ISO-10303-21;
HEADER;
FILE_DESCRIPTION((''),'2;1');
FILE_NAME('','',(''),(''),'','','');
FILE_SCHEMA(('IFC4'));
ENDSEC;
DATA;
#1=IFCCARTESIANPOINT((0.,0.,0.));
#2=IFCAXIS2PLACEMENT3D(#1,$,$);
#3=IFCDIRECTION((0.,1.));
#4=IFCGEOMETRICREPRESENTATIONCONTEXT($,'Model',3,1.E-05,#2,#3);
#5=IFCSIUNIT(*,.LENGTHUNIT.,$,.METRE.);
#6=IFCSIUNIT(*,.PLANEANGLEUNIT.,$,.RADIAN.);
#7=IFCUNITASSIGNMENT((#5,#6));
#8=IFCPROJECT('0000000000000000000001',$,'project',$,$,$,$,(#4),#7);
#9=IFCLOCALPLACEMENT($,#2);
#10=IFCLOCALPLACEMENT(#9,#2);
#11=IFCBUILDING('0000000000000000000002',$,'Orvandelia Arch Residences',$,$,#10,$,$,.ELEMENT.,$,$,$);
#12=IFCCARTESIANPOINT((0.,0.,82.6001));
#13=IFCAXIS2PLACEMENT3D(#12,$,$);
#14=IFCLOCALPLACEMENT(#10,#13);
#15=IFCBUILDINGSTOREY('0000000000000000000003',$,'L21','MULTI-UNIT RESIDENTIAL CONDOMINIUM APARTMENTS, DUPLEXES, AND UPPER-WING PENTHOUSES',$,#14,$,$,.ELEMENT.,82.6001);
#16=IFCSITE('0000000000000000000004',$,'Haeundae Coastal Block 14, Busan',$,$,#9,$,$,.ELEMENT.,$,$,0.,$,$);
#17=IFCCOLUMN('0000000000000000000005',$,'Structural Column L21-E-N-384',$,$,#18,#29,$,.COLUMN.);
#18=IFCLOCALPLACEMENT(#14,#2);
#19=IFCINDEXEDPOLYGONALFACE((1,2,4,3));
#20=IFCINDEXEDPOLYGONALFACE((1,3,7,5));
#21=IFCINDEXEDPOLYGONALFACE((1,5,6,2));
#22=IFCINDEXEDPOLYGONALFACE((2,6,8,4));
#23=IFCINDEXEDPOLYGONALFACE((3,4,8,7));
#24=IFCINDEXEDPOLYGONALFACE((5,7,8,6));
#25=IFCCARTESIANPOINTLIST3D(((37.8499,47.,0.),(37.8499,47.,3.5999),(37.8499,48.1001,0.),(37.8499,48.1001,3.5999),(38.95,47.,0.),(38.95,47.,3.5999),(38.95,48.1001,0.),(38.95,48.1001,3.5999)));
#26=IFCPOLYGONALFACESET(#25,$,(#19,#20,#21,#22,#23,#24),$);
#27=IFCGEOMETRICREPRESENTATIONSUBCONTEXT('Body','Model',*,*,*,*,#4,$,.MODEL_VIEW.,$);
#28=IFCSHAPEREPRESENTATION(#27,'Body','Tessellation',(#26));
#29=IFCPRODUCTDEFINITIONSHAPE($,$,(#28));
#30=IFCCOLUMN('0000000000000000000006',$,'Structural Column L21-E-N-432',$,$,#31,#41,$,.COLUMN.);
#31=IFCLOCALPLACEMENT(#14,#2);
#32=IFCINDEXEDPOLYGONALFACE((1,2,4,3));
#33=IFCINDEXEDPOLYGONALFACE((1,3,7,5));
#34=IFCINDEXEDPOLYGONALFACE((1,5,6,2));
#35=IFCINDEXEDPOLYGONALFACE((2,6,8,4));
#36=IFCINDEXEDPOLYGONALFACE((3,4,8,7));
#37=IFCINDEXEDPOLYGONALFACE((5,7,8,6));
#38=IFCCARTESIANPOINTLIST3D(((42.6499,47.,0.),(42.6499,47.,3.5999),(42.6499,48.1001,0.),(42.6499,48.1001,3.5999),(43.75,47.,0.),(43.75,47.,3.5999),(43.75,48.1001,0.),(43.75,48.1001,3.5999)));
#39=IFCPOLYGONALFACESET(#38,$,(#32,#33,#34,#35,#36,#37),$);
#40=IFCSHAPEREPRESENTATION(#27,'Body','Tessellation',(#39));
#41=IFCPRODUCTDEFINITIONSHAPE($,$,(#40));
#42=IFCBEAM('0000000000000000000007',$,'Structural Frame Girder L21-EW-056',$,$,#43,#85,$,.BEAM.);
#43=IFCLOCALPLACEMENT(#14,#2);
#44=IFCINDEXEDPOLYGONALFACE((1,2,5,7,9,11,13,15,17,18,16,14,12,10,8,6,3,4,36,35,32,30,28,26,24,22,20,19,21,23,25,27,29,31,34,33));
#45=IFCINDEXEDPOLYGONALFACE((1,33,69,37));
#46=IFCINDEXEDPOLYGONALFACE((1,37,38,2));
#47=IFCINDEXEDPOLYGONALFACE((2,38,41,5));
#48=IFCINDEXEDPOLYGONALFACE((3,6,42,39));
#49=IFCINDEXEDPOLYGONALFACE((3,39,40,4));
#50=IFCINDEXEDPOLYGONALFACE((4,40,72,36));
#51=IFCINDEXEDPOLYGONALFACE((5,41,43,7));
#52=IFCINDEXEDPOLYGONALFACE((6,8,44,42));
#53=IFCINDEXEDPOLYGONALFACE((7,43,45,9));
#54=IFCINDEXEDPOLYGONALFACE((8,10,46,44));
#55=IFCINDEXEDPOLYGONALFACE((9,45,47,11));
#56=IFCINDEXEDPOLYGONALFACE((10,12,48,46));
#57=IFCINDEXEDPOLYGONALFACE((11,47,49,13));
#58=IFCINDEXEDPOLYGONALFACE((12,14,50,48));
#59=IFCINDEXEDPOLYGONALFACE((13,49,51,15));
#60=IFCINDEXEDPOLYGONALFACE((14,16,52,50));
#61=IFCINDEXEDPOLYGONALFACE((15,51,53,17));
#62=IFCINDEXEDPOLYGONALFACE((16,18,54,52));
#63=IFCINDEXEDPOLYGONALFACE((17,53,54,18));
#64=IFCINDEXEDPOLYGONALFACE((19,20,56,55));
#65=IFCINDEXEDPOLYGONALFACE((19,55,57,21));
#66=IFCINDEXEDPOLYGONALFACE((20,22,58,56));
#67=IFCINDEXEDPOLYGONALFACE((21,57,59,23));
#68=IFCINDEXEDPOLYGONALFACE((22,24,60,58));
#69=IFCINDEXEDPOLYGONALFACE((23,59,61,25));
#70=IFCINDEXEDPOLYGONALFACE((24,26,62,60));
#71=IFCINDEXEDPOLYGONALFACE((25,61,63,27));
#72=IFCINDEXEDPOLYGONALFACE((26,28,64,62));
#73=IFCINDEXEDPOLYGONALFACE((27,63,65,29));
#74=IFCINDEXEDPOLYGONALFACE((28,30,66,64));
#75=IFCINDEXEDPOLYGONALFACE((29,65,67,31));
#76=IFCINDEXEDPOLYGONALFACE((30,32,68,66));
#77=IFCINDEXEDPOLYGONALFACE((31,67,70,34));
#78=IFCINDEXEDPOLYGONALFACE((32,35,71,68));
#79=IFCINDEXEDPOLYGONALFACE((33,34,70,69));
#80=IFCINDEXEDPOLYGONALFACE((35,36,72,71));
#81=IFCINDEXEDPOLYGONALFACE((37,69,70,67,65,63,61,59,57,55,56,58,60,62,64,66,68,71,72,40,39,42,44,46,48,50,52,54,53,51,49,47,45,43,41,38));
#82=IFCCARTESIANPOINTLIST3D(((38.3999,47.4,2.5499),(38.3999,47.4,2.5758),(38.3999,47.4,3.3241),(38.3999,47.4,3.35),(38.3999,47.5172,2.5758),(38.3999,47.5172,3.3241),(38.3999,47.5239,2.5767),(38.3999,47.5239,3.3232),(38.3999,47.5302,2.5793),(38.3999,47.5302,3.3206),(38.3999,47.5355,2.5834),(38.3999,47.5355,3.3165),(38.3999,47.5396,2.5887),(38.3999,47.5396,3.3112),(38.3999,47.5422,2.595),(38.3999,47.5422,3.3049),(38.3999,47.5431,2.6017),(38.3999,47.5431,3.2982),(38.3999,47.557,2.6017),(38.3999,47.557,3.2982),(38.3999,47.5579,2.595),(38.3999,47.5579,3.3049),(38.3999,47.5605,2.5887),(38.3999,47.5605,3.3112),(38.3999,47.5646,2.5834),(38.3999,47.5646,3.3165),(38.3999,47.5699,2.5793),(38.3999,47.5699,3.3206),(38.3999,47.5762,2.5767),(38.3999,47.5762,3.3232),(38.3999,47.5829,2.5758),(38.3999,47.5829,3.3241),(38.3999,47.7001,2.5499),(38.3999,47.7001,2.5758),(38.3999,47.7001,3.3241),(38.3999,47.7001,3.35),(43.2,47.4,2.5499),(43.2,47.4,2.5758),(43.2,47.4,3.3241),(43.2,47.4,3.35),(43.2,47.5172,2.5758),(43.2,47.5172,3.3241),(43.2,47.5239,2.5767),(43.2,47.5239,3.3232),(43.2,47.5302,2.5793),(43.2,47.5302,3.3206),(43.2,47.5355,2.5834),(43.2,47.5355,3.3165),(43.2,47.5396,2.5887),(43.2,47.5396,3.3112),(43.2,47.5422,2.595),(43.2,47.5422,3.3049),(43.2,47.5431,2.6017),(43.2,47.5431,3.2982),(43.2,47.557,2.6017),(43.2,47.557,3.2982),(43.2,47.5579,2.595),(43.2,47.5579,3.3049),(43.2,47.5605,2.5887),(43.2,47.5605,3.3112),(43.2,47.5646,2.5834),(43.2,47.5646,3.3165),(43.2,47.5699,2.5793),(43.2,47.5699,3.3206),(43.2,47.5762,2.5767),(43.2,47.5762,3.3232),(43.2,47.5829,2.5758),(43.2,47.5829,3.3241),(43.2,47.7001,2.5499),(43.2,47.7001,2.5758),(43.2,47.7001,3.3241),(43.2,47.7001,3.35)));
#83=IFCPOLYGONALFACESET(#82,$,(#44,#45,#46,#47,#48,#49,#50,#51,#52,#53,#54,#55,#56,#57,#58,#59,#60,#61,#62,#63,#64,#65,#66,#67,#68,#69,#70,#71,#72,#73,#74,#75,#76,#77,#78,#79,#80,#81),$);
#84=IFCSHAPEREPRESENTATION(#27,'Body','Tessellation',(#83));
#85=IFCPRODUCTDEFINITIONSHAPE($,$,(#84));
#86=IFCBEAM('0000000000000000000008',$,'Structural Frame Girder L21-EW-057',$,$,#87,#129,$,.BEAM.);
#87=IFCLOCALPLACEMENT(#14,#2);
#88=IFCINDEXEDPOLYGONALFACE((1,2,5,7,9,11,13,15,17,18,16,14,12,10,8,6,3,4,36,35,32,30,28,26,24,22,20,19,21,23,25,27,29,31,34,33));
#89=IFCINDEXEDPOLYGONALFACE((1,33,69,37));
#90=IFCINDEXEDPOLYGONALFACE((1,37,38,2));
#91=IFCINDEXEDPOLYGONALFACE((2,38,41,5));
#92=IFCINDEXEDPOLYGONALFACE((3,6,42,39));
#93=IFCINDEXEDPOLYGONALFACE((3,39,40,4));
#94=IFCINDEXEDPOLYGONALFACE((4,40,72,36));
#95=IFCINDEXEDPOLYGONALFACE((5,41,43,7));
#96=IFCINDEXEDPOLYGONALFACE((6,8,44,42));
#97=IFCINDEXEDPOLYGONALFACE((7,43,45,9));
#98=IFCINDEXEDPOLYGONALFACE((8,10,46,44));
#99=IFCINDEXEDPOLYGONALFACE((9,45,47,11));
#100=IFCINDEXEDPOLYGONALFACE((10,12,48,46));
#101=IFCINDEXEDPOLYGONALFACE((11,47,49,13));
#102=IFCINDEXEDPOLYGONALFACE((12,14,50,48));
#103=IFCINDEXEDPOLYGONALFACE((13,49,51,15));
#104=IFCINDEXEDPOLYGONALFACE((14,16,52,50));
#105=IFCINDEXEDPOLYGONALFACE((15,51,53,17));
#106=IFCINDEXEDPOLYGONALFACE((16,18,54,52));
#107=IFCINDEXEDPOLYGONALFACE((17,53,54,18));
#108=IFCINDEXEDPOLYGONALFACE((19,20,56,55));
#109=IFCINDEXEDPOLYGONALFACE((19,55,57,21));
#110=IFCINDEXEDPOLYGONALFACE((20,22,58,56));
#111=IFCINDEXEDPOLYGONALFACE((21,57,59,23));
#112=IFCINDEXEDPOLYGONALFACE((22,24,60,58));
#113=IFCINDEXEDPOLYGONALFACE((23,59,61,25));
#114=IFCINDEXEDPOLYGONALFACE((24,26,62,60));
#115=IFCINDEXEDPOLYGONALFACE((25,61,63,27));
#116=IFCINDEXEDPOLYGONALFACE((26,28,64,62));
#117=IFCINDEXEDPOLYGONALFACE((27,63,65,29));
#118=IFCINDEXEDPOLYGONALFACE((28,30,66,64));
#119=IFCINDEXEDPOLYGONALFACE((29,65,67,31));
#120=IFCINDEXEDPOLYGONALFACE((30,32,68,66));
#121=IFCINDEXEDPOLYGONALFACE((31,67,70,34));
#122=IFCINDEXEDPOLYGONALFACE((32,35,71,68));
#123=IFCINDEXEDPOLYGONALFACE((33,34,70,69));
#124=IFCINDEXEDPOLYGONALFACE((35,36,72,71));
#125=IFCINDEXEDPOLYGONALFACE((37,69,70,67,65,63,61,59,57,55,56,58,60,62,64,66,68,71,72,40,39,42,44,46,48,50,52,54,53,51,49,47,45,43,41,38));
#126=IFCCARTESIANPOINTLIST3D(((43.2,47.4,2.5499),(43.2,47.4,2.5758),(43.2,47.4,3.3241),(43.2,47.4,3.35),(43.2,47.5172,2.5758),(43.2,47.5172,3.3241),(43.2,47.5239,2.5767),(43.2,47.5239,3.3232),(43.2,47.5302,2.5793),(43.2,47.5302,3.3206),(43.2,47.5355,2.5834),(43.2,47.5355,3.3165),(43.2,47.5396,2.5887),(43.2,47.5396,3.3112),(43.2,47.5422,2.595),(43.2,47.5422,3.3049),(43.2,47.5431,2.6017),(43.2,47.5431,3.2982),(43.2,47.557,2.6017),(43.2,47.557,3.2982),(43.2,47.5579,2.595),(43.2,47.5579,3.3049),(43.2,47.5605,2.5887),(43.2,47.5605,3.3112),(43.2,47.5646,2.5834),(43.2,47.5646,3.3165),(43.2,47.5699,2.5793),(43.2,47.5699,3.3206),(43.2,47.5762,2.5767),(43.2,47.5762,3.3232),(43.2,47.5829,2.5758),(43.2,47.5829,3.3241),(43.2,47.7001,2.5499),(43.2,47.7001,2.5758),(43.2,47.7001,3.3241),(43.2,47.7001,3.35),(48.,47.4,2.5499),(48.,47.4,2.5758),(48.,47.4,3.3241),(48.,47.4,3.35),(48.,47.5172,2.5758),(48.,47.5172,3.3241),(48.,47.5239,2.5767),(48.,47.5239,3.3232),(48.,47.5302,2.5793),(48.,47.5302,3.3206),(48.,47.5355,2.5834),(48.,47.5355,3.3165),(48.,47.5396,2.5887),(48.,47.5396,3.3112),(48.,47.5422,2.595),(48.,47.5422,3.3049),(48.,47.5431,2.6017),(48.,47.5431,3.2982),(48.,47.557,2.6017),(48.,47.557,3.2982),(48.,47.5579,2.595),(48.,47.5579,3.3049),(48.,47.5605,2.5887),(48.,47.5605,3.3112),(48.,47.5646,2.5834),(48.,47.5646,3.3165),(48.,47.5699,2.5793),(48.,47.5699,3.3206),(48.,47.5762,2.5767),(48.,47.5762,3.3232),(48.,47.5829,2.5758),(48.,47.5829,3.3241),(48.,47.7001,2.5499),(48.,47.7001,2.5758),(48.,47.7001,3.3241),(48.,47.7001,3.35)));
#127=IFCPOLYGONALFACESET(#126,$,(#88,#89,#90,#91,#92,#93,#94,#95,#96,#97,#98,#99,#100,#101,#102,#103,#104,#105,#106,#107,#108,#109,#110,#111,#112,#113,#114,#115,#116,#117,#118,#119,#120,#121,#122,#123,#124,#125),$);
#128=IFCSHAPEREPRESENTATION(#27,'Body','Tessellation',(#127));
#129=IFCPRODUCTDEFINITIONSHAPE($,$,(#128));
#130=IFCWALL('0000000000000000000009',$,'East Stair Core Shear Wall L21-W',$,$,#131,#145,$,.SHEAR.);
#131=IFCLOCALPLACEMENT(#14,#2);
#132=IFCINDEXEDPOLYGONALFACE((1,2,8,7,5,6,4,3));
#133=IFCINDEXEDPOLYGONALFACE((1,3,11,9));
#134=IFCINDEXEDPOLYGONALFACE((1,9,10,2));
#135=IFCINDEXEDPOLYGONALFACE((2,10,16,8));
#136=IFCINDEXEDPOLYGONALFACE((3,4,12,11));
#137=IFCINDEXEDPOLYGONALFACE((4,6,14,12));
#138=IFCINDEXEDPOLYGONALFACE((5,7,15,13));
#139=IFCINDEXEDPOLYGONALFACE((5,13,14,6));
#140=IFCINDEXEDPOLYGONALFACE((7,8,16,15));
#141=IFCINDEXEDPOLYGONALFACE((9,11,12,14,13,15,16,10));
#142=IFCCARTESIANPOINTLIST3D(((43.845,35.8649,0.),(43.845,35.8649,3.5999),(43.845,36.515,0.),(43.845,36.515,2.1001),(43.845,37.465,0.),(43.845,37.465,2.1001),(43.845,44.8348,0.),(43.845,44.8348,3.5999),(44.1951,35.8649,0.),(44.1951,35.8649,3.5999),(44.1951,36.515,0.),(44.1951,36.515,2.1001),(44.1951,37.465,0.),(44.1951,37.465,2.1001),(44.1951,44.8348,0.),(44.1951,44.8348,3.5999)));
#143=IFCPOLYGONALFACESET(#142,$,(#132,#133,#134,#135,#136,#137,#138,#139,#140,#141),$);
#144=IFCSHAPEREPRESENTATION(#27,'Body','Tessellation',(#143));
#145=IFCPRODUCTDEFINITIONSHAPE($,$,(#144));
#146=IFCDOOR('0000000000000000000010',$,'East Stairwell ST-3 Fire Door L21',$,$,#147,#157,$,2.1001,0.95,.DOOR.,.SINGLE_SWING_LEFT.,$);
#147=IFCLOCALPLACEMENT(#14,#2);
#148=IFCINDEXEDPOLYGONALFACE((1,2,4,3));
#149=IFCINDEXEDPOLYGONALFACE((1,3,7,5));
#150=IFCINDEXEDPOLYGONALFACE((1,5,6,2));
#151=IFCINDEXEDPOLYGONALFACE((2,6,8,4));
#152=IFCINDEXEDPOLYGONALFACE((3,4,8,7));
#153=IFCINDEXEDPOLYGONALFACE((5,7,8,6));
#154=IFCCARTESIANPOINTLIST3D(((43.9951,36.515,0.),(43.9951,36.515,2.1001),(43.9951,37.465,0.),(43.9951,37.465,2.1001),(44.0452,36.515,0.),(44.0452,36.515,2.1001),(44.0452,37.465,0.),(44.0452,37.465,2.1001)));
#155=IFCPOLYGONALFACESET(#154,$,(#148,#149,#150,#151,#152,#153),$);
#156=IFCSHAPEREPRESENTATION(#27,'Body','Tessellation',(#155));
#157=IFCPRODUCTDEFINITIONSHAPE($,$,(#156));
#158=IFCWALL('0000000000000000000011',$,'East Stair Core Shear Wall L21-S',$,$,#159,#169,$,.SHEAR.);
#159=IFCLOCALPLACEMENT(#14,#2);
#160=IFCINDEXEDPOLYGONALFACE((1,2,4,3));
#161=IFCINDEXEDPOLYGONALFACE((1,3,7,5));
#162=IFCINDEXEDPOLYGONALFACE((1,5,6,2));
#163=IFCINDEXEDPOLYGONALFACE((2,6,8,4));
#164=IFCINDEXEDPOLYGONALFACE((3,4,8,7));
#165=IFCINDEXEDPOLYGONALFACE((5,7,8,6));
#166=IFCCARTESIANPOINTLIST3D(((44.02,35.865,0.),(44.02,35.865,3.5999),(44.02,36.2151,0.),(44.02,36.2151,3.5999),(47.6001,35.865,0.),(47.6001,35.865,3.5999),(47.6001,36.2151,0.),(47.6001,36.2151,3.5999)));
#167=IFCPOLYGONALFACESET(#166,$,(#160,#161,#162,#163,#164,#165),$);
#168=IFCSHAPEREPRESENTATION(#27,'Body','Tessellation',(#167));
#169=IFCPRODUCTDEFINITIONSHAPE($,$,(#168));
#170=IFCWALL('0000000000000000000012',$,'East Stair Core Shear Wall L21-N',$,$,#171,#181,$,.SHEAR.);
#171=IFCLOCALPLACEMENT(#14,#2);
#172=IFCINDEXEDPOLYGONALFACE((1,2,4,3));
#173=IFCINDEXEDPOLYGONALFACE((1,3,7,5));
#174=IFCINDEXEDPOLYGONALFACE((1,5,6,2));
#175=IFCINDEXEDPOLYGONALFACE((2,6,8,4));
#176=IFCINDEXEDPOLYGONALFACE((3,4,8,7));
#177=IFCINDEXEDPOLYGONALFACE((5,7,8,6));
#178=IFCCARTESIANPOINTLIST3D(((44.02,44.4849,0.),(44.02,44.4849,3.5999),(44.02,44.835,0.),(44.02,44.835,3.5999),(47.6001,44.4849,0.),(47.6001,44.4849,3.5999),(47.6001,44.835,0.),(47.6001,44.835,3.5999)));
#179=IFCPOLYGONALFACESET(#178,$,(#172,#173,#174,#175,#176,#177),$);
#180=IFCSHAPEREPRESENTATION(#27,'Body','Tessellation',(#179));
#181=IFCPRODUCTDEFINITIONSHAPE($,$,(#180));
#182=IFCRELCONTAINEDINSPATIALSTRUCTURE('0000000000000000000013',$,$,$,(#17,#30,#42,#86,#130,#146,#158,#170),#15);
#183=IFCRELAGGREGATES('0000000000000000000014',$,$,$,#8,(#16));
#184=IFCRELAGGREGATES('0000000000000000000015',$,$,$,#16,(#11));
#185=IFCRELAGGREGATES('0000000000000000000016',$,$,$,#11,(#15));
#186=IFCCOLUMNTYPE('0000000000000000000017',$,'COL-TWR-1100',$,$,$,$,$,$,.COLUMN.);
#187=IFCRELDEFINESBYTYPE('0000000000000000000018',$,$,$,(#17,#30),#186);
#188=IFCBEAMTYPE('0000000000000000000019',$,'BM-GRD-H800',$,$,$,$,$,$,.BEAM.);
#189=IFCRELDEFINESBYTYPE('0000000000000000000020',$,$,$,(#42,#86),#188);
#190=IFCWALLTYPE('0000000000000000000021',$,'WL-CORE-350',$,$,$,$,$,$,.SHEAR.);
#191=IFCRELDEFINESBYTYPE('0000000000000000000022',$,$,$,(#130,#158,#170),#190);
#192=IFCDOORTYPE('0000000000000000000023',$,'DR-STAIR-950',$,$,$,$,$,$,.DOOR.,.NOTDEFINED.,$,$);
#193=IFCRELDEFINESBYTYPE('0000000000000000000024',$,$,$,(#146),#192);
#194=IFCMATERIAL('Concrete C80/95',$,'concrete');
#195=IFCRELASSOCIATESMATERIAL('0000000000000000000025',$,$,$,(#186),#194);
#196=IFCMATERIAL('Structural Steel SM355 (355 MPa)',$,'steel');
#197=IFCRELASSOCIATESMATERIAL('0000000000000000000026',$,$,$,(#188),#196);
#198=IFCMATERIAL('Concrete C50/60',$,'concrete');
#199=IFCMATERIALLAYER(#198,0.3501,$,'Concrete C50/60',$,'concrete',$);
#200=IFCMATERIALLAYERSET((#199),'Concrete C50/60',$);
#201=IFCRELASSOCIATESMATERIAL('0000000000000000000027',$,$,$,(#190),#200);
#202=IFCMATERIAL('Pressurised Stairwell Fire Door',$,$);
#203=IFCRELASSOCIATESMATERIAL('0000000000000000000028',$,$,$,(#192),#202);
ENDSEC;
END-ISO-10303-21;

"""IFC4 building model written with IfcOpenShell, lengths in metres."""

from ifc_helpers import new_model, si_unit, direction, frame, frame_2d, origin, origin_2d, place, context, subcontext, project, spatial, rectangle, i_section, extrude, material, layer, layer_set, material_profile, profile_set, type_object, element, fill, save


model = new_model("IFC4")

# Units and contexts
model_context = context("Model", 3, precision=1e-05, world=origin(), true_north=direction((0.0, 1.0)))
body_context = subcontext(model_context, "Body", "Model", "MODEL_VIEW")
ifc_project = project(units=[si_unit("LENGTHUNIT", "METRE"), si_unit("PLANEANGLEUNIT", "RADIAN")], contexts=[model_context])

# Site, building, storey
site_placement = place(None, origin())
site = spatial("IfcSite", under=ifc_project, at=site_placement, Name="Haeundae Coastal Block 14, Busan", CompositionType="ELEMENT", RefElevation=0.0)
building_placement = place(site_placement, origin())
building = spatial("IfcBuilding", under=site, at=building_placement, Name="Orvandelia Arch Residences", CompositionType="ELEMENT")
storey_placement = place(building_placement, frame((0.0, 0.0, 82.6001)))
storey = spatial("IfcBuildingStorey", under=building, at=storey_placement, Name="L21", Description="MULTI-UNIT RESIDENTIAL CONDOMINIUM APARTMENTS, DUPLEXES, AND UPPER-WING PENTHOUSES", CompositionType="ELEMENT", Elevation=82.6001)

# Columns
ifc_material_1 = material(Name="Concrete C80/95", Category="concrete")
ifc_material_profile_1 = material_profile(ifc_material_1, rectangle(XDim=1.1001, YDim=1.1001, at=origin_2d()), Name="Concrete C80/95", Category="concrete")
ifc_profile_set_1 = profile_set([ifc_material_profile_1], Name="Concrete C80/95")
column_type = type_object("IfcColumnType", Name="COL-TWR-1100", PredefinedType="COLUMN", material=ifc_profile_set_1)
for number, where, z_axis, x_axis, name in (
    (1, (38.3999, 47.55, 0.0), (0.0, 0.0, 1.0), (1.0, 0.0, 0.0), "Structural Column L21-E-N-384"),
    (2, (43.2, 47.55, 0.0), (0.0, 0.0, 1.0), (1.0, 0.0, 0.0), "Structural Column L21-E-N-432"),
):
    element("IfcColumn", number, at=place(storey_placement, frame(where, z_axis=z_axis, x_axis=x_axis)), inside=storey, type_object=column_type, Name=name, PredefinedType="COLUMN", context=body_context, shape_type="SweptSolid", body=[
        extrude(rectangle(XDim=1.1001, YDim=1.1001, at=origin_2d()), origin(), (0.0, 0.0, 1.0), 3.5999),
    ])

# Beams
ifc_material_2 = material(Name="Structural Steel SM355 (355 MPa)", Category="steel")
ifc_material_profile_2 = material_profile(ifc_material_2, i_section(OverallWidth=0.3, OverallDepth=0.8, WebThickness=0.0139, FlangeThickness=0.0259, FilletRadius=0.0259, at=origin_2d()), Name="Structural Steel SM355 (355 MPa)", Category="steel")
ifc_profile_set_2 = profile_set([ifc_material_profile_2], Name="Structural Steel SM355 (355 MPa)")
beam_type = type_object("IfcBeamType", Name="BM-GRD-H800", PredefinedType="BEAM", material=ifc_profile_set_2)
for number, where, z_axis, x_axis, name in (
    (3, (38.3999, 47.55, 2.95), (1.0, 0.0, 0.0), (0.0, 1.0, 0.0), "Structural Frame Girder L21-EW-056"),
    (4, (43.2, 47.55, 2.95), (1.0, 0.0, 0.0), (0.0, 1.0, 0.0), "Structural Frame Girder L21-EW-057"),
):
    element("IfcBeam", number, at=place(storey_placement, frame(where, z_axis=z_axis, x_axis=x_axis)), inside=storey, type_object=beam_type, Name=name, PredefinedType="BEAM", context=body_context, shape_type="SweptSolid", body=[
        extrude(i_section(OverallWidth=0.3, OverallDepth=0.8, WebThickness=0.0139, FlangeThickness=0.0259, FilletRadius=0.0259, at=origin_2d()), origin(), (0.0, 0.0, 1.0), 4.8),
    ])

# Wall, opening, door
ifc_material_3 = material(Name="Concrete C50/60", Category="concrete")
ifc_layer_1 = layer(ifc_material_3, 0.3501, Name="Concrete C50/60", Category="concrete")
ifc_layer_set_1 = layer_set([ifc_layer_1], Name="Concrete C50/60")
wall_type_1 = type_object("IfcWallType", Name="WL-CORE-350", PredefinedType="SHEAR", material=ifc_layer_set_1)
wall_1_placement = place(storey_placement, frame((44.02, 35.865, 0.0), z_axis=(0.0, 0.0, 1.0), x_axis=(0.0, 1.0, 0.0)))
wall_1 = element("IfcWall", 5, at=wall_1_placement, inside=storey, type_object=wall_type_1, Name="East Stair Core Shear Wall L21-W", PredefinedType="SHEAR", context=body_context, shape_type="SweptSolid", body=[
    extrude(rectangle(XDim=8.97, YDim=0.3501, at=frame_2d((4.4849, 0.0))), origin(), (0.0, 0.0, 1.0), 3.5999),
])
opening_1_placement = place(wall_1_placement, frame((0.6499, 0.0, 0.0)))
opening_1 = element("IfcOpeningElement", 6, at=opening_1_placement, cuts=wall_1, PredefinedType="OPENING", context=body_context, shape_type="SweptSolid", body=[
    extrude(rectangle(XDim=0.95, YDim=2.1001, at=frame_2d((0.4751, 1.05))), frame((0.0, 0.1851, 0.0), z_axis=(0.0, -1.0, 0.0), x_axis=(1.0, 0.0, 0.0)), (0.0, 0.0, 1.0), 0.3701),
])
ifc_material_4 = material(Name="Pressurised Stairwell Fire Door")
door_type_1 = type_object("IfcDoorType", Name="DR-STAIR-950", OperationType="NOTDEFINED", PredefinedType="DOOR", material=ifc_material_4)
door_1_placement = place(opening_1_placement, origin())
door_1 = element("IfcDoor", 7, at=door_1_placement, inside=storey, type_object=door_type_1, Name="East Stairwell ST-3 Fire Door L21", OperationType="SINGLE_SWING_LEFT", OverallHeight=2.1001, OverallWidth=0.95, PredefinedType="DOOR", context=body_context, shape_type="SweptSolid", body=[
    extrude(rectangle(XDim=0.95, YDim=2.1001, at=frame_2d((0.4751, 1.05))), frame((0.0, 0.0249, 0.0), z_axis=(0.0, -1.0, 0.0), x_axis=(1.0, 0.0, 0.0)), (0.0, 0.0, 1.0), 0.05),
])
fill(opening_1, door_1)

# Walls
for number, where, z_axis, x_axis, name in (
    (8, (44.02, 36.04, 0.0), (0.0, 0.0, 1.0), (1.0, 0.0, 0.0), "East Stair Core Shear Wall L21-S"),
    (9, (44.02, 44.6599, 0.0), (0.0, 0.0, 1.0), (1.0, 0.0, 0.0), "East Stair Core Shear Wall L21-N"),
):
    element("IfcWall", number, at=place(storey_placement, frame(where, z_axis=z_axis, x_axis=x_axis)), inside=storey, type_object=wall_type_1, Name=name, PredefinedType="SHEAR", context=body_context, shape_type="SweptSolid", body=[
        extrude(rectangle(XDim=3.5801, YDim=0.3501, at=frame_2d((1.79, 0.0))), origin(), (0.0, 0.0, 1.0), 3.5999),
    ])

save(model, "model.ifc")
